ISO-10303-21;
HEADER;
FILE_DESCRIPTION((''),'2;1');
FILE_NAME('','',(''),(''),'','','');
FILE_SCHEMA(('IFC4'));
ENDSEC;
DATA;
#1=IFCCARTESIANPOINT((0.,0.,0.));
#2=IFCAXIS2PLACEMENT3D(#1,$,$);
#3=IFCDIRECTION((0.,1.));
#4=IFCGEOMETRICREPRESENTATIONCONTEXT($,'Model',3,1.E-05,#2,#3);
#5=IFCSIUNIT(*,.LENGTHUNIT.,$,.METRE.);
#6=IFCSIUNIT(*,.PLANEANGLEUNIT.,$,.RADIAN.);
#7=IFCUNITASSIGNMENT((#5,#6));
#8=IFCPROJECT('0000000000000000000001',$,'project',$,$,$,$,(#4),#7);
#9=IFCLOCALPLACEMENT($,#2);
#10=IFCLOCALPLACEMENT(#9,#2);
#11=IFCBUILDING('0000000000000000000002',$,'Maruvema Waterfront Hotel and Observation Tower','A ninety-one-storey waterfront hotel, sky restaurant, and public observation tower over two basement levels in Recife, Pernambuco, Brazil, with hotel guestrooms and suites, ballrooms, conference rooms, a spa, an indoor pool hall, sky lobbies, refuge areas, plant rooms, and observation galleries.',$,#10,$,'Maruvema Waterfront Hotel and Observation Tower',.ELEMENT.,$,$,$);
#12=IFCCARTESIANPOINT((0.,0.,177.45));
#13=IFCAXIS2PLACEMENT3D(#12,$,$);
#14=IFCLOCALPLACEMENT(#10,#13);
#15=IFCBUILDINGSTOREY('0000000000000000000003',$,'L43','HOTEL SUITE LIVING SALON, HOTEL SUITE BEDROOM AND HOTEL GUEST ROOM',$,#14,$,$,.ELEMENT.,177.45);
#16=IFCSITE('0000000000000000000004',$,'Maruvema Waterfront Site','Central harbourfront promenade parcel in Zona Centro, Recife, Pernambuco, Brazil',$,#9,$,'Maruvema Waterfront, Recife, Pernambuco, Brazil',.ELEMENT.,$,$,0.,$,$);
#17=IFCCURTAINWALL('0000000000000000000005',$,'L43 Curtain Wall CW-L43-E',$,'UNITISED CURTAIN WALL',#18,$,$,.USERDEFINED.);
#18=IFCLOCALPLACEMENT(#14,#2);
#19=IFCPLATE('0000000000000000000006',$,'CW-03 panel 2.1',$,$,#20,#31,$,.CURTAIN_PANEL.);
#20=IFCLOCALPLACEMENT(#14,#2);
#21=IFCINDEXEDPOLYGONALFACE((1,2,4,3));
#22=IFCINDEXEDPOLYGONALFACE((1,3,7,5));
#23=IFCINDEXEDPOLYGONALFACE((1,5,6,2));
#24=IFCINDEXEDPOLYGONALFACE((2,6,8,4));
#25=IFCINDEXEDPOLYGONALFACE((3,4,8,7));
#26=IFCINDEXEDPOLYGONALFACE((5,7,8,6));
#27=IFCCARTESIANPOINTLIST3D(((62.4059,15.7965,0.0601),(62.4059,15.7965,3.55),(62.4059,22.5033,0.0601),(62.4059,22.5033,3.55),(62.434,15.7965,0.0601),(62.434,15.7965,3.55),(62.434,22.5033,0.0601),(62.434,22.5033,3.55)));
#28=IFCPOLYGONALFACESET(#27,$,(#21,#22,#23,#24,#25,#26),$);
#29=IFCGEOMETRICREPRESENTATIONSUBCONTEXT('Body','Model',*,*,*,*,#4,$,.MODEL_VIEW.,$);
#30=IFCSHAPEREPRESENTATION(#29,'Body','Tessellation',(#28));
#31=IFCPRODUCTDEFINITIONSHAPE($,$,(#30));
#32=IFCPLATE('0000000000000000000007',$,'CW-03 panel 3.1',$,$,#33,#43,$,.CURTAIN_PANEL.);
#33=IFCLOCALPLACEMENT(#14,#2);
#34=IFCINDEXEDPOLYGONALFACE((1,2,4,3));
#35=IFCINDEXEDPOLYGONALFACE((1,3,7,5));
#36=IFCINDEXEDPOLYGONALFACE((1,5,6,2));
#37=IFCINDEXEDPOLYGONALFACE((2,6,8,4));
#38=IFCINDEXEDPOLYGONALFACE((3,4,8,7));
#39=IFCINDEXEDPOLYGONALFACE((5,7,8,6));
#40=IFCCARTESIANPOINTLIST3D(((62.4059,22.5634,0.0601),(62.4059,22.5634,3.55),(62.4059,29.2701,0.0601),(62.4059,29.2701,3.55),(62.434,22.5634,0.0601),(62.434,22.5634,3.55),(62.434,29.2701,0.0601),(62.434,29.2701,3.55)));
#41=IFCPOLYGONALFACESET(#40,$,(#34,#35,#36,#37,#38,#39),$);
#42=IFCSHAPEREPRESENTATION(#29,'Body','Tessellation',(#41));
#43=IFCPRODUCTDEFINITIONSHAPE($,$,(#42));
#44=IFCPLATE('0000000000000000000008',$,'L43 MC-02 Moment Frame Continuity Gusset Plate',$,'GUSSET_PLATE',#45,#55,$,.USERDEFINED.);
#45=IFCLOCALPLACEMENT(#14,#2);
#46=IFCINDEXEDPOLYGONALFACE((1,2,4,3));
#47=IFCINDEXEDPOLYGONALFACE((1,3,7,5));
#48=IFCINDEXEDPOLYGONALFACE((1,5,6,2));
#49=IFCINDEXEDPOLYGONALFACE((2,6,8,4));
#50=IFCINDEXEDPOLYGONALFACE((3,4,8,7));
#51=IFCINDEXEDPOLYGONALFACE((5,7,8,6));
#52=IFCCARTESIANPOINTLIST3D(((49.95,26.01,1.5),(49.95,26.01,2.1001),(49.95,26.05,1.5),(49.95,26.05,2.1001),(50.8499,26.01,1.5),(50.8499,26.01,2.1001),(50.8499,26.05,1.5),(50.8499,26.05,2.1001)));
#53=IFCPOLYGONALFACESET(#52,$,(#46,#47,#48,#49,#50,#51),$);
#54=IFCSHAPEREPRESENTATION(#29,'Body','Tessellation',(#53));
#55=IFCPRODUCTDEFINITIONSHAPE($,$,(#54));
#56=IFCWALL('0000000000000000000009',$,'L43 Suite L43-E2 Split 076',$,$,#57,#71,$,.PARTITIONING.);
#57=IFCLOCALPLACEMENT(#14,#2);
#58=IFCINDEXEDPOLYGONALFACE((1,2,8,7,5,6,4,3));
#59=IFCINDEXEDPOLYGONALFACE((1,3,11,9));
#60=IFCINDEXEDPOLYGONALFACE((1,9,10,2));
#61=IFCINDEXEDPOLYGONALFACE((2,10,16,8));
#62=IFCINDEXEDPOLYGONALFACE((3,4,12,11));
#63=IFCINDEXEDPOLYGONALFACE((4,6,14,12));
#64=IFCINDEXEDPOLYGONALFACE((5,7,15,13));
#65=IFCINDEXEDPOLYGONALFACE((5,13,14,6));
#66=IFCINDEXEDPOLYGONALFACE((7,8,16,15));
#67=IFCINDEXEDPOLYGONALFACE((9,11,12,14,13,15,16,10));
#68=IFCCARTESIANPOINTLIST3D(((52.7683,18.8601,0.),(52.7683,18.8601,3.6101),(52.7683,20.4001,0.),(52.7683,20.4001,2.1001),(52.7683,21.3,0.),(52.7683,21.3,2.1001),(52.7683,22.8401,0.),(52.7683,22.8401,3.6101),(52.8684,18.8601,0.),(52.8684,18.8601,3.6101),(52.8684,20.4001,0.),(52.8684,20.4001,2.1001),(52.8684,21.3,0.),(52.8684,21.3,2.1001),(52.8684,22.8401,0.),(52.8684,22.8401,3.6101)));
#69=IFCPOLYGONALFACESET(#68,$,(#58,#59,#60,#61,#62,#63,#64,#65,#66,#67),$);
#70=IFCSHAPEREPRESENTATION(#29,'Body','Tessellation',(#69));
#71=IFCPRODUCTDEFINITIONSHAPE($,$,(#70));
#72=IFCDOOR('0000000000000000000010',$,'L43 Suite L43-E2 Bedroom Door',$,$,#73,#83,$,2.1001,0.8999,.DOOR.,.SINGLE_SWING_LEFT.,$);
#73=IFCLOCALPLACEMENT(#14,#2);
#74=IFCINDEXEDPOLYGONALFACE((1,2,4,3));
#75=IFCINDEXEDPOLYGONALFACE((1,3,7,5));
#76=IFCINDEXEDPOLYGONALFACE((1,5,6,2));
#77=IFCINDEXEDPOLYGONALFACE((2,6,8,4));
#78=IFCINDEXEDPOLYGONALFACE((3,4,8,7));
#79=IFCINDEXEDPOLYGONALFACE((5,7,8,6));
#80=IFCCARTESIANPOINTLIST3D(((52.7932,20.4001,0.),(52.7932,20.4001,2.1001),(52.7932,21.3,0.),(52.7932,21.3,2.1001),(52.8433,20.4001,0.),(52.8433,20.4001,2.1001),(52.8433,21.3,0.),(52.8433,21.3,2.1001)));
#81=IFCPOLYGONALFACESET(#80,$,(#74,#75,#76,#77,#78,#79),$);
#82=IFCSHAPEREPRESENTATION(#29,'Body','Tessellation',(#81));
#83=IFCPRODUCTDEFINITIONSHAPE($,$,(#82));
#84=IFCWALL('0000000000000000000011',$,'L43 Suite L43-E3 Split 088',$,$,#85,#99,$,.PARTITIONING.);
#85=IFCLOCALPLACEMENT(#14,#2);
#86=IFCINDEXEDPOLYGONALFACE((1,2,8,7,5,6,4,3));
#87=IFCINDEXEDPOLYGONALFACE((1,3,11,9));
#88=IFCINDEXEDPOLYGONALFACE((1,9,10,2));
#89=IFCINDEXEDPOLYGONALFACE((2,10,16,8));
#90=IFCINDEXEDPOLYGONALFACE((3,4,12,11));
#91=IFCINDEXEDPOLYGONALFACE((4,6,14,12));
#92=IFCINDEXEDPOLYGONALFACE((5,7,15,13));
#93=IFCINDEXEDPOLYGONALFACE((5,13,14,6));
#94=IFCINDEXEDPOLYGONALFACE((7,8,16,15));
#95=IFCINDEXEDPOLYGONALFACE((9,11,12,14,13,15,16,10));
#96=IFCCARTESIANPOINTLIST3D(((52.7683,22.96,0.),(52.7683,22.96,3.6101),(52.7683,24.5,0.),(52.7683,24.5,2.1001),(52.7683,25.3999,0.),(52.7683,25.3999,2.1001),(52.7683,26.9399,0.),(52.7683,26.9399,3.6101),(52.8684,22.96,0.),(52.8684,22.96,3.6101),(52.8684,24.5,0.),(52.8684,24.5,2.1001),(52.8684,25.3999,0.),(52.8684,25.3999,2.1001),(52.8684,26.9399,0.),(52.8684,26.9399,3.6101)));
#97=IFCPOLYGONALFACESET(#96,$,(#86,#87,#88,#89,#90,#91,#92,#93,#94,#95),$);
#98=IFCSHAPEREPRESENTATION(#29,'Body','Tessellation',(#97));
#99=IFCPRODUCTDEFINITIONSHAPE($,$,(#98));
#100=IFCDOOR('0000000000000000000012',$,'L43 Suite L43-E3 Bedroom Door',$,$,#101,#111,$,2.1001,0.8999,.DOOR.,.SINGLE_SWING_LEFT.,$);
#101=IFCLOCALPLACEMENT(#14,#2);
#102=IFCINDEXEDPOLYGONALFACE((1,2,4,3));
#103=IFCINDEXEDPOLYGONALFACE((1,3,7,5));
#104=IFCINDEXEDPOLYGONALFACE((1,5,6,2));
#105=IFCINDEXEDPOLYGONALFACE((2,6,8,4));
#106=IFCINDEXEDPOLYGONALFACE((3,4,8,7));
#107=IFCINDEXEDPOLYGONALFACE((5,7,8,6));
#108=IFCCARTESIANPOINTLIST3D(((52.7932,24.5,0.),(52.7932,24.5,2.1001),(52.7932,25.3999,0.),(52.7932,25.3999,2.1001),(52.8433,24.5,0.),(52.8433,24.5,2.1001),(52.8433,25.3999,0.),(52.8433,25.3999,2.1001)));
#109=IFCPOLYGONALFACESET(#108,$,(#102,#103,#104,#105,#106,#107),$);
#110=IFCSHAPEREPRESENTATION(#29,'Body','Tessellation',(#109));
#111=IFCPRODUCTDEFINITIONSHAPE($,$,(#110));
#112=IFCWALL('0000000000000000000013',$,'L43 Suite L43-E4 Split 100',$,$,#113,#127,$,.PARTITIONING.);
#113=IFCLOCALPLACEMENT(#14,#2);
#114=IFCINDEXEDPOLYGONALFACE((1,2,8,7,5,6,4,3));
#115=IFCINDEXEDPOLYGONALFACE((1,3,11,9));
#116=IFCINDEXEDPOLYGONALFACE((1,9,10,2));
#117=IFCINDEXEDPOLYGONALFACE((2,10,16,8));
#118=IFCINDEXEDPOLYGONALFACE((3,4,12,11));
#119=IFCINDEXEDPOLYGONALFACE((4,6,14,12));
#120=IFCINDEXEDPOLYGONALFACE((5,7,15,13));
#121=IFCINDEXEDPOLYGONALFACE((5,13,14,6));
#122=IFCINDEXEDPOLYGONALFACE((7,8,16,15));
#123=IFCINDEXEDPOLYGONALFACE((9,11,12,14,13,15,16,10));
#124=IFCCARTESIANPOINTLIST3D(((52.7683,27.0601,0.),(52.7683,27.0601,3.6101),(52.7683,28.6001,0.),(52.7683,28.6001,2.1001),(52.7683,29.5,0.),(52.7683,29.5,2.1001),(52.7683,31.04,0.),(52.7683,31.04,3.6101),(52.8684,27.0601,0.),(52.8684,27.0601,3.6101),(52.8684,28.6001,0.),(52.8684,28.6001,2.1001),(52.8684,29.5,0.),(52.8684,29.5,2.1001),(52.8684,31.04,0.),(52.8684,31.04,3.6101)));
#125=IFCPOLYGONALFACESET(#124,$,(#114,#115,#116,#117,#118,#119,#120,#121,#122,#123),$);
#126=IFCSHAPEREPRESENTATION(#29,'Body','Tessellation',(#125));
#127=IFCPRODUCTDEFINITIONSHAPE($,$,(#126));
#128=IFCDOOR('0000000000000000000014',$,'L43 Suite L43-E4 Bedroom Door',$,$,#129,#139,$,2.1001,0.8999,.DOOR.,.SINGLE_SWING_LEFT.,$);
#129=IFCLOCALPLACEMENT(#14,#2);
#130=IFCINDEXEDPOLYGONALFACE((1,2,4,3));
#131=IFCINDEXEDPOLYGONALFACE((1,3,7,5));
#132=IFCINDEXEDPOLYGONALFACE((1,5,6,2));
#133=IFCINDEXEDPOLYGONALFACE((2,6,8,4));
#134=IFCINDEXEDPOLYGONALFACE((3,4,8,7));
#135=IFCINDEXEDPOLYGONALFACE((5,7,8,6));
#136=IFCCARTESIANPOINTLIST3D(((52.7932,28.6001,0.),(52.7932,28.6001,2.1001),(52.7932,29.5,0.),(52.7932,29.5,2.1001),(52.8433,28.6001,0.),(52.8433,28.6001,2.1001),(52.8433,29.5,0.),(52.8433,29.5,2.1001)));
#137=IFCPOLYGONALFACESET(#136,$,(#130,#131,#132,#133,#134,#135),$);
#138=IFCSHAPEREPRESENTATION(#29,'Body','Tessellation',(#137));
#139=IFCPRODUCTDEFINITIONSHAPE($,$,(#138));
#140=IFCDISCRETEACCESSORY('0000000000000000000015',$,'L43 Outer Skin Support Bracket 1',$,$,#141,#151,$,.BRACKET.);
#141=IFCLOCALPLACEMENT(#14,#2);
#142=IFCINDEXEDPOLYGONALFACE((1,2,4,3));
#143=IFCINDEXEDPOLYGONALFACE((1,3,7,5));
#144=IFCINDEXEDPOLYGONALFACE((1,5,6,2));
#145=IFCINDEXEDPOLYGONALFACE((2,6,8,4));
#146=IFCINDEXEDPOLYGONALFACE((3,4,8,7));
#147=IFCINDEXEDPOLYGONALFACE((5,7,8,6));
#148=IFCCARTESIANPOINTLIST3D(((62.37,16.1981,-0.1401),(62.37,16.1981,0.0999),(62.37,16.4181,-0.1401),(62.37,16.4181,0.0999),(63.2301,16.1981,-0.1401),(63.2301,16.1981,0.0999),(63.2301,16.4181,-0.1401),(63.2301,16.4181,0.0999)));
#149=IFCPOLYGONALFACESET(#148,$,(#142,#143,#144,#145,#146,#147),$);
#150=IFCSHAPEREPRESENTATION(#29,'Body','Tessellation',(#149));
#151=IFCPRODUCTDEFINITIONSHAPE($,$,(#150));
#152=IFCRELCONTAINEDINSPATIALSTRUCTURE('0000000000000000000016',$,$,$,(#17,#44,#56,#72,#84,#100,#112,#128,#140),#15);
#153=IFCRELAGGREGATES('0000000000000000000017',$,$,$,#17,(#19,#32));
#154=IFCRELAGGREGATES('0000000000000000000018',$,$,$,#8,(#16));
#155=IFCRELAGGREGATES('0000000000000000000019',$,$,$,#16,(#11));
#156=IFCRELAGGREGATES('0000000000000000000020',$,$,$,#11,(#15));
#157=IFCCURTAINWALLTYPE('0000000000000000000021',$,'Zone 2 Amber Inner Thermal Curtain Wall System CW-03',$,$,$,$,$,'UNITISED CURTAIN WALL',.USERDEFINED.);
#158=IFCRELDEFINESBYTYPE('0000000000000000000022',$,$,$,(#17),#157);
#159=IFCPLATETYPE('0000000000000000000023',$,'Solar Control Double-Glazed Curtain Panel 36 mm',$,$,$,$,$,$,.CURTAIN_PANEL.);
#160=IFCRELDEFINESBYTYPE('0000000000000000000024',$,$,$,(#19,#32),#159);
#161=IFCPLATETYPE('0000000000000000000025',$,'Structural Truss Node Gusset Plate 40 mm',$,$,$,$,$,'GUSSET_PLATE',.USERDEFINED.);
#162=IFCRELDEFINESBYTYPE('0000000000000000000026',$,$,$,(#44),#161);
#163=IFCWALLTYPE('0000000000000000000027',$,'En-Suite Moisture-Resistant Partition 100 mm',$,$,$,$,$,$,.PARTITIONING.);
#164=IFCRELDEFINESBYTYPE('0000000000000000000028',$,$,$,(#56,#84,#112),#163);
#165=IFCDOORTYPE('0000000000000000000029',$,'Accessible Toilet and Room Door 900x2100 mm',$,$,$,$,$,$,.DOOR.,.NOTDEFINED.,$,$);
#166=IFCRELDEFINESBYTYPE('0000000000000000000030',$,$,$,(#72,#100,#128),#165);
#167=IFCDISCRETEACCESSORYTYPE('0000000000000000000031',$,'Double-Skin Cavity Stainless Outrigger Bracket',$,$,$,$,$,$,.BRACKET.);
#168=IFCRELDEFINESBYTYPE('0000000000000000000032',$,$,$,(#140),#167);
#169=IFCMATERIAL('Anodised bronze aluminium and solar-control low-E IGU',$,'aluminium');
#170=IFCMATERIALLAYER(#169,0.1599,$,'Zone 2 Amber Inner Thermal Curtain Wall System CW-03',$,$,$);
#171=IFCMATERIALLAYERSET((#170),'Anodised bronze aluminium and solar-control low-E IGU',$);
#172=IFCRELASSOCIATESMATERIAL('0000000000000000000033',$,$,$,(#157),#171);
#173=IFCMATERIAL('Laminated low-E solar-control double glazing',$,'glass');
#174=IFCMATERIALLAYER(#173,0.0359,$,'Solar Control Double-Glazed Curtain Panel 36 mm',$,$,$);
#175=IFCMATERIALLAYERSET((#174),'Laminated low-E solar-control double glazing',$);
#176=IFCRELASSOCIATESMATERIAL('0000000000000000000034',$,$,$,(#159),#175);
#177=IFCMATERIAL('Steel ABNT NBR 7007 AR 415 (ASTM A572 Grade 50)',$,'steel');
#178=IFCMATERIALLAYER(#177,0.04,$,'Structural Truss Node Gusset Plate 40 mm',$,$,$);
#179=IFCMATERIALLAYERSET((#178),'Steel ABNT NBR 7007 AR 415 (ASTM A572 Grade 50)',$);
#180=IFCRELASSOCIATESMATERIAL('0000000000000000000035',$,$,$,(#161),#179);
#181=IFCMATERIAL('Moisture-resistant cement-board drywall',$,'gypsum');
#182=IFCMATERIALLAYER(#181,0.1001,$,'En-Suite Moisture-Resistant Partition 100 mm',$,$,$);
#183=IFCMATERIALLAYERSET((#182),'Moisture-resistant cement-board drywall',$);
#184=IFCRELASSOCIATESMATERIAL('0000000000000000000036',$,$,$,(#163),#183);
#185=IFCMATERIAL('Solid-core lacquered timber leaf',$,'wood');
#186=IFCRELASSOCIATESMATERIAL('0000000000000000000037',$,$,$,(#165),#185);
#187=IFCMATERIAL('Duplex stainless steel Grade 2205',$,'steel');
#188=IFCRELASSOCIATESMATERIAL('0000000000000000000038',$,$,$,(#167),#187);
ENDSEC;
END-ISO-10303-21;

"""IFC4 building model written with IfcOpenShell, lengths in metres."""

from ifc_helpers import new_model, si_unit, direction, frame, frame_2d, origin, origin_2d, place, context, subcontext, project, spatial, rectangle, extrude, material, layer, layer_set, type_object, element, fill, aggregate, save


model = new_model("IFC4")

# Units and contexts
model_context = context("Model", 3, precision=1e-05, world=origin(), true_north=direction((0.0, 1.0)))
body_context = subcontext(model_context, "Body", "Model", "MODEL_VIEW")
ifc_project = project(units=[si_unit("LENGTHUNIT", "METRE"), si_unit("PLANEANGLEUNIT", "RADIAN")], contexts=[model_context])

# Site, building, storey
site_placement = place(None, origin())
site = spatial("IfcSite", under=ifc_project, at=site_placement, Name="Maruvema Waterfront Site", Description="Central harbourfront promenade parcel in Zona Centro, Recife, Pernambuco, Brazil", LongName="Maruvema Waterfront, Recife, Pernambuco, Brazil", CompositionType="ELEMENT", RefElevation=0.0)
building_placement = place(site_placement, origin())
building = spatial("IfcBuilding", under=site, at=building_placement, Name="Maruvema Waterfront Hotel and Observation Tower", Description="A ninety-one-storey waterfront hotel, sky restaurant, and public observation tower over two basement levels in Recife, Pernambuco, Brazil, with hotel guestrooms and suites, ballrooms, conference rooms, a spa, an indoor pool hall, sky lobbies, refuge areas, plant rooms, and observation galleries.", LongName="Maruvema Waterfront Hotel and Observation Tower", CompositionType="ELEMENT")
storey_placement = place(building_placement, frame((0.0, 0.0, 177.45)))
storey = spatial("IfcBuildingStorey", under=building, at=storey_placement, Name="L43", Description="HOTEL SUITE LIVING SALON, HOTEL SUITE BEDROOM AND HOTEL GUEST ROOM", CompositionType="ELEMENT", Elevation=177.45)

# Curtain wall
ifc_material_1 = material(Name="Anodised bronze aluminium and solar-control low-E IGU", Category="aluminium")
ifc_layer_1 = layer(ifc_material_1, 0.1599, Name="Zone 2 Amber Inner Thermal Curtain Wall System CW-03")
ifc_layer_set_1 = layer_set([ifc_layer_1], Name="Anodised bronze aluminium and solar-control low-E IGU")
curtain_wall_type = type_object("IfcCurtainWallType", Name="Zone 2 Amber Inner Thermal Curtain Wall System CW-03", ElementType="UNITISED CURTAIN WALL", PredefinedType="USERDEFINED", material=ifc_layer_set_1)
curtain_wall_placement = place(storey_placement, origin())
curtain_wall = element("IfcCurtainWall", 1, at=curtain_wall_placement, inside=storey, type_object=curtain_wall_type, Name="L43 Curtain Wall CW-L43-E", ObjectType="UNITISED CURTAIN WALL", PredefinedType="USERDEFINED")

# Plates
ifc_material_2 = material(Name="Laminated low-E solar-control double glazing", Category="glass")
ifc_layer_2 = layer(ifc_material_2, 0.0359, Name="Solar Control Double-Glazed Curtain Panel 36 mm")
ifc_layer_set_2 = layer_set([ifc_layer_2], Name="Laminated low-E solar-control double glazing")
plate_type_1 = type_object("IfcPlateType", Name="Solar Control Double-Glazed Curtain Panel 36 mm", PredefinedType="CURTAIN_PANEL", material=ifc_layer_set_2)
plate_1_placement = place(storey_placement, frame((62.4199, 19.1499, 0.0601), z_axis=(0.0, 0.0, 1.0), x_axis=(0.0, 1.0, 0.0)))
plate_1 = element("IfcPlate", 2, at=plate_1_placement, type_object=plate_type_1, Name="CW-03 panel 2.1", PredefinedType="CURTAIN_PANEL", context=body_context, shape_type="SweptSolid", body=[
    extrude(rectangle(XDim=6.7068, YDim=0.0281, at=origin_2d()), origin(), (0.0, 0.0, 1.0), 3.49),
])
plate_2_placement = place(storey_placement, frame((62.4199, 25.9167, 0.0601), z_axis=(0.0, 0.0, 1.0), x_axis=(0.0, 1.0, 0.0)))
plate_2 = element("IfcPlate", 3, at=plate_2_placement, type_object=plate_type_1, Name="CW-03 panel 3.1", PredefinedType="CURTAIN_PANEL", context=body_context, shape_type="SweptSolid", body=[
    extrude(rectangle(XDim=6.7068, YDim=0.0281, at=origin_2d()), origin(), (0.0, 0.0, 1.0), 3.49),
])
aggregate(curtain_wall, [plate_1, plate_2])
ifc_material_3 = material(Name="Steel ABNT NBR 7007 AR 415 (ASTM A572 Grade 50)", Category="steel")
ifc_layer_3 = layer(ifc_material_3, 0.04, Name="Structural Truss Node Gusset Plate 40 mm")
ifc_layer_set_3 = layer_set([ifc_layer_3], Name="Steel ABNT NBR 7007 AR 415 (ASTM A572 Grade 50)")
plate_type_2 = type_object("IfcPlateType", Name="Structural Truss Node Gusset Plate 40 mm", ElementType="GUSSET_PLATE", PredefinedType="USERDEFINED", material=ifc_layer_set_3)
plate_3_placement = place(storey_placement, frame((50.3999, 26.03, 1.5), z_axis=(0.0, 0.0, 1.0), x_axis=(1.0, 0.0, 0.0)))
element("IfcPlate", 4, at=plate_3_placement, inside=storey, type_object=plate_type_2, Name="L43 MC-02 Moment Frame Continuity Gusset Plate", ObjectType="GUSSET_PLATE", PredefinedType="USERDEFINED", context=body_context, shape_type="SweptSolid", body=[
    extrude(rectangle(XDim=0.8999, YDim=0.04, at=origin_2d()), origin(), (0.0, 0.0, 1.0), 0.6001),
])

# Walls, openings, doors
ifc_material_4 = material(Name="Moisture-resistant cement-board drywall", Category="gypsum")
ifc_layer_4 = layer(ifc_material_4, 0.1001, Name="En-Suite Moisture-Resistant Partition 100 mm")
ifc_layer_set_4 = layer_set([ifc_layer_4], Name="Moisture-resistant cement-board drywall")
wall_type = type_object("IfcWallType", Name="En-Suite Moisture-Resistant Partition 100 mm", PredefinedType="PARTITIONING", material=ifc_layer_set_4)
wall_1_placement = place(storey_placement, frame((52.8184, 18.8601, 0.0), z_axis=(0.0, 0.0, 1.0), x_axis=(0.0, 1.0, 0.0)))
wall_1 = element("IfcWall", 5, at=wall_1_placement, inside=storey, type_object=wall_type, Name="L43 Suite L43-E2 Split 076", PredefinedType="PARTITIONING", context=body_context, shape_type="SweptSolid", body=[
    extrude(rectangle(XDim=3.98, YDim=0.1001, at=frame_2d((1.99, 0.0))), origin(), (0.0, 0.0, 1.0), 3.6101),
])
opening_1_placement = place(wall_1_placement, frame((1.54, 0.0, 0.0)))
opening_1 = element("IfcOpeningElement", 6, at=opening_1_placement, cuts=wall_1, PredefinedType="OPENING", context=body_context, shape_type="SweptSolid", body=[
    extrude(rectangle(XDim=0.8999, YDim=2.1001, at=frame_2d((0.45, 1.05))), frame((0.0, 0.0601, 0.0), z_axis=(0.0, -1.0, 0.0), x_axis=(1.0, 0.0, 0.0)), (0.0, 0.0, 1.0), 0.1201),
])
ifc_material_5 = material(Name="Solid-core lacquered timber leaf", Category="wood")
door_type = type_object("IfcDoorType", Name="Accessible Toilet and Room Door 900x2100 mm", OperationType="NOTDEFINED", PredefinedType="DOOR", material=ifc_material_5)
door_1_placement = place(opening_1_placement, frame((0.8999, 0.0, 0.0), z_axis=(0.0, 0.0, 1.0), x_axis=(-1.0, 0.0, 0.0)))
door_1 = element("IfcDoor", 7, at=door_1_placement, inside=storey, type_object=door_type, Name="L43 Suite L43-E2 Bedroom Door", OperationType="SINGLE_SWING_LEFT", OverallHeight=2.1001, OverallWidth=0.8999, PredefinedType="DOOR", context=body_context, shape_type="SweptSolid", body=[
    extrude(rectangle(XDim=0.8999, YDim=2.1001, at=frame_2d((0.45, 1.05))), frame((0.0, 0.0249, 0.0), z_axis=(0.0, -1.0, 0.0), x_axis=(1.0, 0.0, 0.0)), (0.0, 0.0, 1.0), 0.05),
])
fill(opening_1, door_1)
wall_2_placement = place(storey_placement, frame((52.8184, 22.96, 0.0), z_axis=(0.0, 0.0, 1.0), x_axis=(0.0, 1.0, 0.0)))
wall_2 = element("IfcWall", 8, at=wall_2_placement, inside=storey, type_object=wall_type, Name="L43 Suite L43-E3 Split 088", PredefinedType="PARTITIONING", context=body_context, shape_type="SweptSolid", body=[
    extrude(rectangle(XDim=3.98, YDim=0.1001, at=frame_2d((1.99, 0.0))), origin(), (0.0, 0.0, 1.0), 3.6101),
])
opening_2_placement = place(wall_2_placement, frame((1.54, 0.0, 0.0)))
opening_2 = element("IfcOpeningElement", 9, at=opening_2_placement, cuts=wall_2, PredefinedType="OPENING", context=body_context, shape_type="SweptSolid", body=[
    extrude(rectangle(XDim=0.8999, YDim=2.1001, at=frame_2d((0.45, 1.05))), frame((0.0, 0.0601, 0.0), z_axis=(0.0, -1.0, 0.0), x_axis=(1.0, 0.0, 0.0)), (0.0, 0.0, 1.0), 0.1201),
])
door_2_placement = place(opening_2_placement, frame((0.8999, 0.0, 0.0), z_axis=(0.0, 0.0, 1.0), x_axis=(-1.0, 0.0, 0.0)))
door_2 = element("IfcDoor", 10, at=door_2_placement, inside=storey, type_object=door_type, Name="L43 Suite L43-E3 Bedroom Door", OperationType="SINGLE_SWING_LEFT", OverallHeight=2.1001, OverallWidth=0.8999, PredefinedType="DOOR", context=body_context, shape_type="SweptSolid", body=[
    extrude(rectangle(XDim=0.8999, YDim=2.1001, at=frame_2d((0.45, 1.05))), frame((0.0, 0.0249, 0.0), z_axis=(0.0, -1.0, 0.0), x_axis=(1.0, 0.0, 0.0)), (0.0, 0.0, 1.0), 0.05),
])
fill(opening_2, door_2)
wall_3_placement = place(storey_placement, frame((52.8184, 27.0601, 0.0), z_axis=(0.0, 0.0, 1.0), x_axis=(0.0, 1.0, 0.0)))
wall_3 = element("IfcWall", 11, at=wall_3_placement, inside=storey, type_object=wall_type, Name="L43 Suite L43-E4 Split 100", PredefinedType="PARTITIONING", context=body_context, shape_type="SweptSolid", body=[
    extrude(rectangle(XDim=3.98, YDim=0.1001, at=frame_2d((1.99, 0.0))), origin(), (0.0, 0.0, 1.0), 3.6101),
])
opening_3_placement = place(wall_3_placement, frame((1.54, 0.0, 0.0)))
opening_3 = element("IfcOpeningElement", 12, at=opening_3_placement, cuts=wall_3, PredefinedType="OPENING", context=body_context, shape_type="SweptSolid", body=[
    extrude(rectangle(XDim=0.8999, YDim=2.1001, at=frame_2d((0.45, 1.05))), frame((0.0, 0.0601, 0.0), z_axis=(0.0, -1.0, 0.0), x_axis=(1.0, 0.0, 0.0)), (0.0, 0.0, 1.0), 0.1201),
])
door_3_placement = place(opening_3_placement, frame((0.8999, 0.0, 0.0), z_axis=(0.0, 0.0, 1.0), x_axis=(-1.0, 0.0, 0.0)))
door_3 = element("IfcDoor", 13, at=door_3_placement, inside=storey, type_object=door_type, Name="L43 Suite L43-E4 Bedroom Door", OperationType="SINGLE_SWING_LEFT", OverallHeight=2.1001, OverallWidth=0.8999, PredefinedType="DOOR", context=body_context, shape_type="SweptSolid", body=[
    extrude(rectangle(XDim=0.8999, YDim=2.1001, at=frame_2d((0.45, 1.05))), frame((0.0, 0.0249, 0.0), z_axis=(0.0, -1.0, 0.0), x_axis=(1.0, 0.0, 0.0)), (0.0, 0.0, 1.0), 0.05),
])
fill(opening_3, door_3)

# Discrete accessory
ifc_material_6 = material(Name="Duplex stainless steel Grade 2205", Category="steel")
discrete_accessory_type = type_object("IfcDiscreteAccessoryType", Name="Double-Skin Cavity Stainless Outrigger Bracket", PredefinedType="BRACKET", material=ifc_material_6)
discrete_accessory_placement = place(storey_placement, frame((62.8, 16.3081, -0.1401), z_axis=(0.0, 0.0, 1.0), x_axis=(0.0, 1.0, 0.0)))
element("IfcDiscreteAccessory", 14, at=discrete_accessory_placement, inside=storey, type_object=discrete_accessory_type, Name="L43 Outer Skin Support Bracket 1", PredefinedType="BRACKET", context=body_context, shape_type="SweptSolid", body=[
    extrude(rectangle(XDim=0.22, YDim=0.8601, at=origin_2d()), origin(), (0.0, 0.0, 1.0), 0.24),
])

save(model, "model.ifc")
